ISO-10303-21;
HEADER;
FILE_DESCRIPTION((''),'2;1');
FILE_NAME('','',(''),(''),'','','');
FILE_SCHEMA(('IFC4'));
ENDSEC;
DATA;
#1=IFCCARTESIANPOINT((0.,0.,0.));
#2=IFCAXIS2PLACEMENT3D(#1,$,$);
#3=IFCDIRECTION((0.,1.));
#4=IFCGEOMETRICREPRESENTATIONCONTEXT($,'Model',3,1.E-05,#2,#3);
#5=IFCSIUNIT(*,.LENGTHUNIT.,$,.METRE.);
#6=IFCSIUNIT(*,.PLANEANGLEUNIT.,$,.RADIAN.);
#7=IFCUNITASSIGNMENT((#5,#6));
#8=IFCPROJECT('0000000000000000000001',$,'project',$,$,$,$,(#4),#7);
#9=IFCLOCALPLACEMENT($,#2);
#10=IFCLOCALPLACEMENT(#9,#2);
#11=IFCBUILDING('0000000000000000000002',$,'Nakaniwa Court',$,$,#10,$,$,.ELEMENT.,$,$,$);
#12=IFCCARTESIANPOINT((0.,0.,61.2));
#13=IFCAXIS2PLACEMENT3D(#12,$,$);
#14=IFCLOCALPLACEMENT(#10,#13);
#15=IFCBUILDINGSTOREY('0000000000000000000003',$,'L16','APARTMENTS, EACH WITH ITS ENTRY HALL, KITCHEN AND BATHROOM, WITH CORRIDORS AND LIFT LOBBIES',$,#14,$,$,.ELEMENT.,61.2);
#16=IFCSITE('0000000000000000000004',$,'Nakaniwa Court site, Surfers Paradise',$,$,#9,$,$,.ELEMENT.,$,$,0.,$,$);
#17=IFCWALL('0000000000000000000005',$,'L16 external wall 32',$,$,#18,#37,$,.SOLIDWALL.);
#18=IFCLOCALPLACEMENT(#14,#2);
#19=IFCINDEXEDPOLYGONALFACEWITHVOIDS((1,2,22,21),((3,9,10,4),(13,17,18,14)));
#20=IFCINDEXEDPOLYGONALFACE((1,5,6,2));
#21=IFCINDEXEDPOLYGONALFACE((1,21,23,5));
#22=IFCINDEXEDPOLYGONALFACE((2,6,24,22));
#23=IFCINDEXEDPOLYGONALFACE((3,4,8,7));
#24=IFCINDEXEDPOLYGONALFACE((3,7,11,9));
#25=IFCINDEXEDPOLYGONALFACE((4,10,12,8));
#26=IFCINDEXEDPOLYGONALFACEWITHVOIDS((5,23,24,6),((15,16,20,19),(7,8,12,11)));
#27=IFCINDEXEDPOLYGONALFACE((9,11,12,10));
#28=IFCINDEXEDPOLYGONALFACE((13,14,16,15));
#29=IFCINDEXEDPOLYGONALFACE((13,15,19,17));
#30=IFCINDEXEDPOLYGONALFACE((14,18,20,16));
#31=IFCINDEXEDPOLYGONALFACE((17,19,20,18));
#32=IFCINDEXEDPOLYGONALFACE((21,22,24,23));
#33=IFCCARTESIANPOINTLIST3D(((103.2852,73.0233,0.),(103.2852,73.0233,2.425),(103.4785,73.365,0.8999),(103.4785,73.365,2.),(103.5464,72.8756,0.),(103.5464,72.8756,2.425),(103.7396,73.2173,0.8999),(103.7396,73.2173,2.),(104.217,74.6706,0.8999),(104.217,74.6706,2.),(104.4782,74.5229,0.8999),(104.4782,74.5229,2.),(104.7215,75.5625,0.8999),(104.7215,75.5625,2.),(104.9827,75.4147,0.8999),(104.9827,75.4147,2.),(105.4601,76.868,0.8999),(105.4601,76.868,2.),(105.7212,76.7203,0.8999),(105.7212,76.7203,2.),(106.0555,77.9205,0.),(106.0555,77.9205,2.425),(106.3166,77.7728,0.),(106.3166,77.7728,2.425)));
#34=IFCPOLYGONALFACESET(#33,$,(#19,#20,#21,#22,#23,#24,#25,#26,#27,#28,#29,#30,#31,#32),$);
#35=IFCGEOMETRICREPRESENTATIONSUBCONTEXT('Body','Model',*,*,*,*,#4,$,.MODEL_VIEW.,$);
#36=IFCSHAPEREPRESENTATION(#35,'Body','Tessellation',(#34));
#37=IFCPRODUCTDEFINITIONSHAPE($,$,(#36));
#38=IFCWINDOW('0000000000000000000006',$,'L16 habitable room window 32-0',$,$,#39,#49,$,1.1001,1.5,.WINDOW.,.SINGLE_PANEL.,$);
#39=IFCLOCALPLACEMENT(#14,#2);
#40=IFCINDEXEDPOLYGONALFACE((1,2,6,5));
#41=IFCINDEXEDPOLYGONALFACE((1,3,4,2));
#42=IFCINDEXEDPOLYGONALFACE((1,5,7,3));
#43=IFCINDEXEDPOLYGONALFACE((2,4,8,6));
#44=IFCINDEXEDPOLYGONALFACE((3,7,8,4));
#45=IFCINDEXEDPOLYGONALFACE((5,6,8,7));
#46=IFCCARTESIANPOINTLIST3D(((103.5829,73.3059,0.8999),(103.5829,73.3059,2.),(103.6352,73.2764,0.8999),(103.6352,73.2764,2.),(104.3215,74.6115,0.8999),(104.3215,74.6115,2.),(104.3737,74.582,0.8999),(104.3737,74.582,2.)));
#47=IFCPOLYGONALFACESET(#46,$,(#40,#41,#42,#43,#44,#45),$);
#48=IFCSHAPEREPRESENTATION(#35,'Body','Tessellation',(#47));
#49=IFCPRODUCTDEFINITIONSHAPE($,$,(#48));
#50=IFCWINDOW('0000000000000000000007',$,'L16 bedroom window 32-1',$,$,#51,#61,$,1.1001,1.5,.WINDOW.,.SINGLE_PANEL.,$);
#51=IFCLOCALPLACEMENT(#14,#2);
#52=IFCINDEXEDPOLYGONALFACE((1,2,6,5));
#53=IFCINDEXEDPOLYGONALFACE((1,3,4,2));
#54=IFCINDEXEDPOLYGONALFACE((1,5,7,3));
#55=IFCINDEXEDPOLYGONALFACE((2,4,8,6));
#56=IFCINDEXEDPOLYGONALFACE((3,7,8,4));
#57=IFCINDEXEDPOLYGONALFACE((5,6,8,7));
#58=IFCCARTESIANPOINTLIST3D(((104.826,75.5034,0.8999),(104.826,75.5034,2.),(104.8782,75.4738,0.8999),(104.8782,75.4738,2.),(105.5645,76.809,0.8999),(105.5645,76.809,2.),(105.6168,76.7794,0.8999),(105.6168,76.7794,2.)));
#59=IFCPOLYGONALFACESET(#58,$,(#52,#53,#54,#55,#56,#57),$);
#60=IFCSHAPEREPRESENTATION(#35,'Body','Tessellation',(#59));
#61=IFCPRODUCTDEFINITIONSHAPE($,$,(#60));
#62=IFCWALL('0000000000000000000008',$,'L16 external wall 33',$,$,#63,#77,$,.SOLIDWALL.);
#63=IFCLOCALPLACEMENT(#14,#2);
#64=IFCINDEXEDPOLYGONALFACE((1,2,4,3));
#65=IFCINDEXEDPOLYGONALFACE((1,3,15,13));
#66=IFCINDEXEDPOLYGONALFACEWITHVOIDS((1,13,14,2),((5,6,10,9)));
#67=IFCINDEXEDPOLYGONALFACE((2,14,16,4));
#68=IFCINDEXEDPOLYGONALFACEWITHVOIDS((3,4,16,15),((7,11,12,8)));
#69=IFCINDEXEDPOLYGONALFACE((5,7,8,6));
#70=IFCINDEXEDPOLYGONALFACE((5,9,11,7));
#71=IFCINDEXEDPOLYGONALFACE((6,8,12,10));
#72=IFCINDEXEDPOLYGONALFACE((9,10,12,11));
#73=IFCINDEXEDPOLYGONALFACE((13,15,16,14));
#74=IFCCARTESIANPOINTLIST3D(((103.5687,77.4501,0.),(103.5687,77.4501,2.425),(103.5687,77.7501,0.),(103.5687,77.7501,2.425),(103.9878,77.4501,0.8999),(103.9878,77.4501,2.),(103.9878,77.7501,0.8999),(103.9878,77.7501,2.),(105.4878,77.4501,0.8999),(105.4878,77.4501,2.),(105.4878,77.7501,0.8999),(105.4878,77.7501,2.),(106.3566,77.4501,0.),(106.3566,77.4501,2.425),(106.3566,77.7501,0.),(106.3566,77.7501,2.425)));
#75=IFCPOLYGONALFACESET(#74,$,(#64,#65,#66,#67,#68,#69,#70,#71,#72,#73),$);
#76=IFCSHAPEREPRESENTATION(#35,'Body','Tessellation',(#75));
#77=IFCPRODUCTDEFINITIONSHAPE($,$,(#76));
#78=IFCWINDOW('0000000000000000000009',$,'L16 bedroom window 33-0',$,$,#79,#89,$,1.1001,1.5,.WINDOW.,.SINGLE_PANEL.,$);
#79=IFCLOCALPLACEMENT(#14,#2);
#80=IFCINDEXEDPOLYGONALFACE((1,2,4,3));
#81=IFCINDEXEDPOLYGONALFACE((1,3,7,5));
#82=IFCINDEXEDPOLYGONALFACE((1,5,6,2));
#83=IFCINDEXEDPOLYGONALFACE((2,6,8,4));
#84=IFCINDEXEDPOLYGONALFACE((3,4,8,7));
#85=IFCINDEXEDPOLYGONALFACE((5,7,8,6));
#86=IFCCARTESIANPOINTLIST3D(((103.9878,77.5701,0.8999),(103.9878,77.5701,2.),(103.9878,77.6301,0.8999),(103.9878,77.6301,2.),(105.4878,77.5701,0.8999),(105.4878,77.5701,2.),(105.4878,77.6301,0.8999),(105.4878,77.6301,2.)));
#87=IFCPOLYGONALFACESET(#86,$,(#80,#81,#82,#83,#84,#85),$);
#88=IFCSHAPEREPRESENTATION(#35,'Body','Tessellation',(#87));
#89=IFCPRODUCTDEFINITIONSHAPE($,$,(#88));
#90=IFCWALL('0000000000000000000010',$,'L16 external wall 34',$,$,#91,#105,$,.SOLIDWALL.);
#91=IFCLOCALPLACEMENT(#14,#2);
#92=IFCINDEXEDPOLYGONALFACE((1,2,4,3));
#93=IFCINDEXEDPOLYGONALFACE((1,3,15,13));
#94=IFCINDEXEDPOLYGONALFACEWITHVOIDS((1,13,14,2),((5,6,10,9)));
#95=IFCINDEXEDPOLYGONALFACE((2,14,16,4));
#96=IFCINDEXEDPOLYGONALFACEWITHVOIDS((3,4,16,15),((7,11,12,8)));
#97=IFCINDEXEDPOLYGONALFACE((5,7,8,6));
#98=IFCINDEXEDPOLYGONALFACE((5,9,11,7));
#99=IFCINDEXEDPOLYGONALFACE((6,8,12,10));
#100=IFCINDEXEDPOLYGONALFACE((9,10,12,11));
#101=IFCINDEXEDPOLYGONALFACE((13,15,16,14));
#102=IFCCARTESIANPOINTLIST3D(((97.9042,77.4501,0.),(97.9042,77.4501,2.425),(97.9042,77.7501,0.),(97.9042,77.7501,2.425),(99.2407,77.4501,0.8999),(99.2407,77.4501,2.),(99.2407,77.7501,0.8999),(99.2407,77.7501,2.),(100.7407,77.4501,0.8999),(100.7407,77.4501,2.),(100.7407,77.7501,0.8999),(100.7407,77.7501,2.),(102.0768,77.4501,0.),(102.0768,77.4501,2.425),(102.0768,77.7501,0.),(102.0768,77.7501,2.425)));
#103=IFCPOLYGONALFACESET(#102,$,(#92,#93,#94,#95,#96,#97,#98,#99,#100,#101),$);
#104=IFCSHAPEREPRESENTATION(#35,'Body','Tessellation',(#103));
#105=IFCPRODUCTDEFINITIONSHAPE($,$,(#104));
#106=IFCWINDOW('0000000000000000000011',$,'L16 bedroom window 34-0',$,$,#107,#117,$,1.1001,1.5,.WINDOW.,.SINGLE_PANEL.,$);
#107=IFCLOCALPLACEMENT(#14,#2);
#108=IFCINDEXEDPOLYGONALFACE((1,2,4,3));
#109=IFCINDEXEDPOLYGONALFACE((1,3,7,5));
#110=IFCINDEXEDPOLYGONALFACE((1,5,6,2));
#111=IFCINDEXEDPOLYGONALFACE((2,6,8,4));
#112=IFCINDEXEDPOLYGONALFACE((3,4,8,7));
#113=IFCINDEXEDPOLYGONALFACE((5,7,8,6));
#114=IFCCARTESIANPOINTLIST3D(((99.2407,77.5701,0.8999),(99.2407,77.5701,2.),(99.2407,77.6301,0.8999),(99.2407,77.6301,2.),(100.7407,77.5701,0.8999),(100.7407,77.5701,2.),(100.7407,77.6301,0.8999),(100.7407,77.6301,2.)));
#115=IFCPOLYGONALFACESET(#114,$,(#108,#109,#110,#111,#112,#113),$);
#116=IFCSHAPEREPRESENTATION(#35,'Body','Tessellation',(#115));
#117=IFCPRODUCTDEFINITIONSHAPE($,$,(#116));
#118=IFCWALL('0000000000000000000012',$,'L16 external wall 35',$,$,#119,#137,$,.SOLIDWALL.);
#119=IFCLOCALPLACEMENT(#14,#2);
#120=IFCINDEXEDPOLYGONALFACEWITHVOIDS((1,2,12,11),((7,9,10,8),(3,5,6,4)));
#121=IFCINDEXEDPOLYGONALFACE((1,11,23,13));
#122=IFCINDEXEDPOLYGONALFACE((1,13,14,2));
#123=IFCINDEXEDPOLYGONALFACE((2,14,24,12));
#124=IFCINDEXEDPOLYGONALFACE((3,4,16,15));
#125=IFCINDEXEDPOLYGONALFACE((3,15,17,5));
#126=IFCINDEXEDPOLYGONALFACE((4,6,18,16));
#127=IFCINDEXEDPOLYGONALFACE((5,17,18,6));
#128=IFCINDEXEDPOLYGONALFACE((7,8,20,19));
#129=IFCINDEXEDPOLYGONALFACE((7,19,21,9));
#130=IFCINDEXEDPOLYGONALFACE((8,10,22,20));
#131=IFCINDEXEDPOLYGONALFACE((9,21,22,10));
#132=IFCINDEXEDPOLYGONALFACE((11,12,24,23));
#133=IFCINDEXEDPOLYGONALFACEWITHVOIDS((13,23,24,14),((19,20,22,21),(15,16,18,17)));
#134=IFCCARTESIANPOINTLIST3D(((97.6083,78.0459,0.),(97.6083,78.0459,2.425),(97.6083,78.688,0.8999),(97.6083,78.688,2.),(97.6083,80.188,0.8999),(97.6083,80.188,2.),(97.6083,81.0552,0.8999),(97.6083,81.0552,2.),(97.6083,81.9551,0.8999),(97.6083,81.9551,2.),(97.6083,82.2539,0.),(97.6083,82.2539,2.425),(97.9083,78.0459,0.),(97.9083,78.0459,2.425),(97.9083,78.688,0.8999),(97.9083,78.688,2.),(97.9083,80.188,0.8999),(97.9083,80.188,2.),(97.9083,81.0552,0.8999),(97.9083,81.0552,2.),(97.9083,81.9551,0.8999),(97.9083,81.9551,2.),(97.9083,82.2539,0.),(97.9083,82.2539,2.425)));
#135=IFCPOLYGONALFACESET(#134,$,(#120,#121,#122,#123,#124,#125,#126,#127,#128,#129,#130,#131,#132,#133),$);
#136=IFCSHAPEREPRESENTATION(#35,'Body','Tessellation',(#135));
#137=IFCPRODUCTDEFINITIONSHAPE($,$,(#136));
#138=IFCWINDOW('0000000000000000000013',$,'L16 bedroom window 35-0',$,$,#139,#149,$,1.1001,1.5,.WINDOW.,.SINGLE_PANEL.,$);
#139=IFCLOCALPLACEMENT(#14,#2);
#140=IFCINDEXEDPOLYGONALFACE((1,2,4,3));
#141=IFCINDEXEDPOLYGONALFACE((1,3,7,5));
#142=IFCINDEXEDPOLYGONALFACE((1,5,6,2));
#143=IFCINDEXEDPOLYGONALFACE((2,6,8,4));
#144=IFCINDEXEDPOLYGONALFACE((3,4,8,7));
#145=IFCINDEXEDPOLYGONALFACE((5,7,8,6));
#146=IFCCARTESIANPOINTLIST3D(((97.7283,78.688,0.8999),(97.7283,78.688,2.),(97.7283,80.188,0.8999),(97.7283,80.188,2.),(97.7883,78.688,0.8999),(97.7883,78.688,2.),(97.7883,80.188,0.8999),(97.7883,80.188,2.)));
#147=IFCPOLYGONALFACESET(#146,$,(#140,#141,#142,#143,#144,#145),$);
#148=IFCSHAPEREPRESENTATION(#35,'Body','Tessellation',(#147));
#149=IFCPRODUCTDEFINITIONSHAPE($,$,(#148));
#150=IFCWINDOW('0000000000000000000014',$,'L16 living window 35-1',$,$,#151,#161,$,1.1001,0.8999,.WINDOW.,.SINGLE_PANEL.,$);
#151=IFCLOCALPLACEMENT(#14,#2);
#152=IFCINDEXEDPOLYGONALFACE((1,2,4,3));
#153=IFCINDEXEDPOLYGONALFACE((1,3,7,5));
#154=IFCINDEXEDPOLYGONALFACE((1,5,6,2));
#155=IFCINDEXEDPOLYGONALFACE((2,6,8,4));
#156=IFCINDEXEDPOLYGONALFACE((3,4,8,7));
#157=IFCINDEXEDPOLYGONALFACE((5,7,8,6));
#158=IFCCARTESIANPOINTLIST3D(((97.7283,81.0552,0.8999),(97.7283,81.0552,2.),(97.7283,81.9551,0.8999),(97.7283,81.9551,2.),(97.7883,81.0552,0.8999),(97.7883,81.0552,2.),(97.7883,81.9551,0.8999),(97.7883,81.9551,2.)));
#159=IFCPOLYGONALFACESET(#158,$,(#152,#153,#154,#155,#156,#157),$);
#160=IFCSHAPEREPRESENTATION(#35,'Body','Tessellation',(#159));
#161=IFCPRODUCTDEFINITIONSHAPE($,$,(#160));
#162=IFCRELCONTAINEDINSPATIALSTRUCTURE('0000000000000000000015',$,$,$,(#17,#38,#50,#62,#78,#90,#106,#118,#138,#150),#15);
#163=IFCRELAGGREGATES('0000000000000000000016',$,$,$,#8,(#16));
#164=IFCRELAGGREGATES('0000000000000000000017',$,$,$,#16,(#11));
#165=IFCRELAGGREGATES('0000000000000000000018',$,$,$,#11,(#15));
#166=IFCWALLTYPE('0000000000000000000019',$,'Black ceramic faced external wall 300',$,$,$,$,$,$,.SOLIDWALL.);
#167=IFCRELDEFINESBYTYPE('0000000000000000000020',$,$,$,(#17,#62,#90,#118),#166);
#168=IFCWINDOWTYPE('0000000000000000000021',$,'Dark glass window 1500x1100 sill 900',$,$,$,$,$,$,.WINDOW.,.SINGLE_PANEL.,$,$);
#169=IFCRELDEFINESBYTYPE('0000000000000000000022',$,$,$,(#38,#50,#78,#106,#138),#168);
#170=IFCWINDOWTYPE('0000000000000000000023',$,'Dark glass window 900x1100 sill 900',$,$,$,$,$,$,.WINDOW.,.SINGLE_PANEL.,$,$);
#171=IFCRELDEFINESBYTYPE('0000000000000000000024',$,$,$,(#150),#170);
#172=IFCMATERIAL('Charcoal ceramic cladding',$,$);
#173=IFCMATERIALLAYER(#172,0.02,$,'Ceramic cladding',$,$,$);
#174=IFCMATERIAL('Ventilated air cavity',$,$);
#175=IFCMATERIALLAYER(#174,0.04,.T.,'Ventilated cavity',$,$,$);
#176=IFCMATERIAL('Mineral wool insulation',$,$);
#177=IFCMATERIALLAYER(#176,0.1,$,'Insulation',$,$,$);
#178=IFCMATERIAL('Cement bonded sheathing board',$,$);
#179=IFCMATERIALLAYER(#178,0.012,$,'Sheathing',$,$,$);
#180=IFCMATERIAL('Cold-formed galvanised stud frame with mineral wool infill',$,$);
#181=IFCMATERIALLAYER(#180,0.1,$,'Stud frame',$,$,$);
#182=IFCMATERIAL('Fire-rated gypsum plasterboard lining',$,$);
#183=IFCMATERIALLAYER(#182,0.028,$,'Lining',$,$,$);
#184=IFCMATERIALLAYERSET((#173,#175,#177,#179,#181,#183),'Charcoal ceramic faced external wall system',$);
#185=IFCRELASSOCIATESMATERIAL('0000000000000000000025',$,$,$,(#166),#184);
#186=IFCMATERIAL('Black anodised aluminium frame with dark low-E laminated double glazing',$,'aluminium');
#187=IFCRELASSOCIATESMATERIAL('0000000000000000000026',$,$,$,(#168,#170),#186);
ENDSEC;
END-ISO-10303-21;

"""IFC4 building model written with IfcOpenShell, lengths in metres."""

from ifc_helpers import new_model, si_unit, direction, frame, frame_2d, origin, place, context, subcontext, project, spatial, rectangle, extrude, material, layer, layer_set, type_object, element, fill, save


model = new_model("IFC4")

# Units and contexts
model_context = context("Model", 3, precision=1e-05, world=origin(), true_north=direction((0.0, 1.0)))
body_context = subcontext(model_context, "Body", "Model", "MODEL_VIEW")
ifc_project = project(units=[si_unit("LENGTHUNIT", "METRE"), si_unit("PLANEANGLEUNIT", "RADIAN")], contexts=[model_context])

# Site, building, storey
site_placement = place(None, origin())
site = spatial("IfcSite", under=ifc_project, at=site_placement, Name="Nakaniwa Court site, Surfers Paradise", CompositionType="ELEMENT", RefElevation=0.0)
building_placement = place(site_placement, origin())
building = spatial("IfcBuilding", under=site, at=building_placement, Name="Nakaniwa Court", CompositionType="ELEMENT")
storey_placement = place(building_placement, frame((0.0, 0.0, 61.2)))
storey = spatial("IfcBuildingStorey", under=building, at=storey_placement, Name="L16", Description="APARTMENTS, EACH WITH ITS ENTRY HALL, KITCHEN AND BATHROOM, WITH CORRIDORS AND LIFT LOBBIES", CompositionType="ELEMENT", Elevation=61.2)

# Shared definitions
ifc_material_1 = material(Name="Charcoal ceramic cladding")
ifc_layer_1 = layer(ifc_material_1, 0.02, Name="Ceramic cladding")
ifc_material_2 = material(Name="Ventilated air cavity")
ifc_layer_2 = layer(ifc_material_2, 0.04, ventilated=True, Name="Ventilated cavity")
ifc_material_3 = material(Name="Mineral wool insulation")
ifc_layer_3 = layer(ifc_material_3, 0.1, Name="Insulation")
ifc_material_4 = material(Name="Cement bonded sheathing board")
ifc_layer_4 = layer(ifc_material_4, 0.012, Name="Sheathing")
ifc_material_5 = material(Name="Cold-formed galvanised stud frame with mineral wool infill")
ifc_layer_5 = layer(ifc_material_5, 0.1, Name="Stud frame")
ifc_material_6 = material(Name="Fire-rated gypsum plasterboard lining")
ifc_layer_6 = layer(ifc_material_6, 0.028, Name="Lining")
ifc_layer_set = layer_set([ifc_layer_1, ifc_layer_2, ifc_layer_3, ifc_layer_4, ifc_layer_5, ifc_layer_6], Name="Charcoal ceramic faced external wall system")
wall_type = type_object("IfcWallType", Name="Black ceramic faced external wall 300", PredefinedType="SOLIDWALL", material=ifc_layer_set)
ifc_material_7 = material(Name="Black anodised aluminium frame with dark low-E laminated double glazing", Category="aluminium")

# Wall, openings, windows
window_type_1 = type_object("IfcWindowType", Name="Dark glass window 1500x1100 sill 900", PartitioningType="SINGLE_PANEL", PredefinedType="WINDOW", material=ifc_material_7)
wall_1_placement = place(storey_placement, frame((103.4158, 72.9495, 0.0), z_axis=(0.0, 0.0, 1.0), x_axis=(0.492363, 0.87039, 0.0)))
wall_1 = element("IfcWall", 1, at=wall_1_placement, inside=storey, type_object=wall_type, Name="L16 external wall 32", PredefinedType="SOLIDWALL", context=body_context, shape_type="SweptSolid", body=[
    extrude(rectangle(XDim=5.6265, YDim=0.3, at=frame_2d((2.8132, 0.0))), origin(), (0.0, 0.0, 1.0), 2.425),
])
opening_1_placement = place(wall_1_placement, frame((0.3926, 0.0, 0.8999)))
opening_1 = element("IfcOpeningElement", 2, at=opening_1_placement, cuts=wall_1, PredefinedType="OPENING", context=body_context, shape_type="SweptSolid", body=[
    extrude(rectangle(XDim=1.5, YDim=1.1001, at=frame_2d((0.75, 0.55))), frame((0.0, 0.1599, 0.0), z_axis=(0.0, -1.0, 0.0), x_axis=(1.0, 0.0, 0.0)), (0.0, 0.0, 1.0), 0.3201),
])
opening_2_placement = place(wall_1_placement, frame((2.9172, 0.0, 0.8999)))
opening_2 = element("IfcOpeningElement", 3, at=opening_2_placement, cuts=wall_1, PredefinedType="OPENING", context=body_context, shape_type="SweptSolid", body=[
    extrude(rectangle(XDim=1.5, YDim=1.1001, at=frame_2d((0.75, 0.55))), frame((0.0, 0.1599, 0.0), z_axis=(0.0, -1.0, 0.0), x_axis=(1.0, 0.0, 0.0)), (0.0, 0.0, 1.0), 0.3201),
])
window_1_placement = place(opening_1_placement, origin())
window_1 = element("IfcWindow", 4, at=window_1_placement, inside=storey, type_object=window_type_1, Name="L16 habitable room window 32-0", OverallHeight=1.1001, OverallWidth=1.5, PartitioningType="SINGLE_PANEL", PredefinedType="WINDOW", context=body_context, shape_type="SweptSolid", body=[
    extrude(rectangle(XDim=1.5, YDim=1.1001, at=frame_2d((0.75, 0.55))), frame((0.0, 0.03, 0.0), z_axis=(0.0, -1.0, 0.0), x_axis=(1.0, 0.0, 0.0)), (0.0, 0.0, 1.0), 0.0601),
])
fill(opening_1, window_1)
window_2_placement = place(opening_2_placement, origin())
window_2 = element("IfcWindow", 5, at=window_2_placement, inside=storey, type_object=window_type_1, Name="L16 bedroom window 32-1", OverallHeight=1.1001, OverallWidth=1.5, PartitioningType="SINGLE_PANEL", PredefinedType="WINDOW", context=body_context, shape_type="SweptSolid", body=[
    extrude(rectangle(XDim=1.5, YDim=1.1001, at=frame_2d((0.75, 0.55))), frame((0.0, 0.03, 0.0), z_axis=(0.0, -1.0, 0.0), x_axis=(1.0, 0.0, 0.0)), (0.0, 0.0, 1.0), 0.0601),
])
fill(opening_2, window_2)

# Walls, openings, windows
wall_2_placement = place(storey_placement, frame((106.3567, 77.6001, 0.0), z_axis=(0.0, 0.0, 1.0), x_axis=(-1.0, 0.0, 0.0)))
wall_2 = element("IfcWall", 6, at=wall_2_placement, inside=storey, type_object=wall_type, Name="L16 external wall 33", PredefinedType="SOLIDWALL", context=body_context, shape_type="SweptSolid", body=[
    extrude(rectangle(XDim=2.7878, YDim=0.3, at=frame_2d((1.394, 0.0))), origin(), (0.0, 0.0, 1.0), 2.425),
])
opening_3_placement = place(wall_2_placement, frame((0.8689, 0.0, 0.8999)))
opening_3 = element("IfcOpeningElement", 7, at=opening_3_placement, cuts=wall_2, PredefinedType="OPENING", context=body_context, shape_type="SweptSolid", body=[
    extrude(rectangle(XDim=1.5, YDim=1.1001, at=frame_2d((0.75, 0.55))), frame((0.0, 0.1599, 0.0), z_axis=(0.0, -1.0, 0.0), x_axis=(1.0, 0.0, 0.0)), (0.0, 0.0, 1.0), 0.3201),
])
window_3_placement = place(opening_3_placement, origin())
window_3 = element("IfcWindow", 8, at=window_3_placement, inside=storey, type_object=window_type_1, Name="L16 bedroom window 33-0", OverallHeight=1.1001, OverallWidth=1.5, PartitioningType="SINGLE_PANEL", PredefinedType="WINDOW", context=body_context, shape_type="SweptSolid", body=[
    extrude(rectangle(XDim=1.5, YDim=1.1001, at=frame_2d((0.75, 0.55))), frame((0.0, 0.03, 0.0), z_axis=(0.0, -1.0, 0.0), x_axis=(1.0, 0.0, 0.0)), (0.0, 0.0, 1.0), 0.0601),
])
fill(opening_3, window_3)
wall_3_placement = place(storey_placement, frame((102.0769, 77.6001, 0.0), z_axis=(0.0, 0.0, 1.0), x_axis=(-1.0, 0.0, 0.0)))
wall_3 = element("IfcWall", 9, at=wall_3_placement, inside=storey, type_object=wall_type, Name="L16 external wall 34", PredefinedType="SOLIDWALL", context=body_context, shape_type="SweptSolid", body=[
    extrude(rectangle(XDim=4.1726, YDim=0.3, at=frame_2d((2.0864, 0.0))), origin(), (0.0, 0.0, 1.0), 2.425),
])
opening_4_placement = place(wall_3_placement, frame((1.3362, 0.0, 0.8999)))
opening_4 = element("IfcOpeningElement", 10, at=opening_4_placement, cuts=wall_3, PredefinedType="OPENING", context=body_context, shape_type="SweptSolid", body=[
    extrude(rectangle(XDim=1.5, YDim=1.1001, at=frame_2d((0.75, 0.55))), frame((0.0, 0.1599, 0.0), z_axis=(0.0, -1.0, 0.0), x_axis=(1.0, 0.0, 0.0)), (0.0, 0.0, 1.0), 0.3201),
])
window_4_placement = place(opening_4_placement, origin())
window_4 = element("IfcWindow", 11, at=window_4_placement, inside=storey, type_object=window_type_1, Name="L16 bedroom window 34-0", OverallHeight=1.1001, OverallWidth=1.5, PartitioningType="SINGLE_PANEL", PredefinedType="WINDOW", context=body_context, shape_type="SweptSolid", body=[
    extrude(rectangle(XDim=1.5, YDim=1.1001, at=frame_2d((0.75, 0.55))), frame((0.0, 0.03, 0.0), z_axis=(0.0, -1.0, 0.0), x_axis=(1.0, 0.0, 0.0)), (0.0, 0.0, 1.0), 0.0601),
])
fill(opening_4, window_4)

# Wall, openings, windows
wall_4_placement = place(storey_placement, frame((97.7583, 78.0459, 0.0), z_axis=(0.0, 0.0, 1.0), x_axis=(0.0, 1.0, 0.0)))
wall_4 = element("IfcWall", 12, at=wall_4_placement, inside=storey, type_object=wall_type, Name="L16 external wall 35", PredefinedType="SOLIDWALL", context=body_context, shape_type="SweptSolid", body=[
    extrude(rectangle(XDim=4.208, YDim=0.3, at=frame_2d((2.104, 0.0))), origin(), (0.0, 0.0, 1.0), 2.425),
])
opening_5_placement = place(wall_4_placement, frame((0.6421, 0.0, 0.8999)))
opening_5 = element("IfcOpeningElement", 13, at=opening_5_placement, cuts=wall_4, PredefinedType="OPENING", context=body_context, shape_type="SweptSolid", body=[
    extrude(rectangle(XDim=1.5, YDim=1.1001, at=frame_2d((0.75, 0.55))), frame((0.0, 0.1599, 0.0), z_axis=(0.0, -1.0, 0.0), x_axis=(1.0, 0.0, 0.0)), (0.0, 0.0, 1.0), 0.3201),
])
opening_6_placement = place(wall_4_placement, frame((3.0093, 0.0, 0.8999)))
opening_6 = element("IfcOpeningElement", 14, at=opening_6_placement, cuts=wall_4, PredefinedType="OPENING", context=body_context, shape_type="SweptSolid", body=[
    extrude(rectangle(XDim=0.8999, YDim=1.1001, at=frame_2d((0.45, 0.55))), frame((0.0, 0.1599, 0.0), z_axis=(0.0, -1.0, 0.0), x_axis=(1.0, 0.0, 0.0)), (0.0, 0.0, 1.0), 0.3201),
])
window_5_placement = place(opening_5_placement, origin())
window_5 = element("IfcWindow", 15, at=window_5_placement, inside=storey, type_object=window_type_1, Name="L16 bedroom window 35-0", OverallHeight=1.1001, OverallWidth=1.5, PartitioningType="SINGLE_PANEL", PredefinedType="WINDOW", context=body_context, shape_type="SweptSolid", body=[
    extrude(rectangle(XDim=1.5, YDim=1.1001, at=frame_2d((0.75, 0.55))), frame((0.0, 0.03, 0.0), z_axis=(0.0, -1.0, 0.0), x_axis=(1.0, 0.0, 0.0)), (0.0, 0.0, 1.0), 0.0601),
])
fill(opening_5, window_5)
window_type_2 = type_object("IfcWindowType", Name="Dark glass window 900x1100 sill 900", PartitioningType="SINGLE_PANEL", PredefinedType="WINDOW", material=ifc_material_7)
window_6_placement = place(opening_6_placement, origin())
window_6 = element("IfcWindow", 16, at=window_6_placement, inside=storey, type_object=window_type_2, Name="L16 living window 35-1", OverallHeight=1.1001, OverallWidth=0.8999, PartitioningType="SINGLE_PANEL", PredefinedType="WINDOW", context=body_context, shape_type="SweptSolid", body=[
    extrude(rectangle(XDim=0.8999, YDim=1.1001, at=frame_2d((0.45, 0.55))), frame((0.0, 0.03, 0.0), z_axis=(0.0, -1.0, 0.0), x_axis=(1.0, 0.0, 0.0)), (0.0, 0.0, 1.0), 0.0601),
])
fill(opening_6, window_6)

save(model, "model.ifc")
